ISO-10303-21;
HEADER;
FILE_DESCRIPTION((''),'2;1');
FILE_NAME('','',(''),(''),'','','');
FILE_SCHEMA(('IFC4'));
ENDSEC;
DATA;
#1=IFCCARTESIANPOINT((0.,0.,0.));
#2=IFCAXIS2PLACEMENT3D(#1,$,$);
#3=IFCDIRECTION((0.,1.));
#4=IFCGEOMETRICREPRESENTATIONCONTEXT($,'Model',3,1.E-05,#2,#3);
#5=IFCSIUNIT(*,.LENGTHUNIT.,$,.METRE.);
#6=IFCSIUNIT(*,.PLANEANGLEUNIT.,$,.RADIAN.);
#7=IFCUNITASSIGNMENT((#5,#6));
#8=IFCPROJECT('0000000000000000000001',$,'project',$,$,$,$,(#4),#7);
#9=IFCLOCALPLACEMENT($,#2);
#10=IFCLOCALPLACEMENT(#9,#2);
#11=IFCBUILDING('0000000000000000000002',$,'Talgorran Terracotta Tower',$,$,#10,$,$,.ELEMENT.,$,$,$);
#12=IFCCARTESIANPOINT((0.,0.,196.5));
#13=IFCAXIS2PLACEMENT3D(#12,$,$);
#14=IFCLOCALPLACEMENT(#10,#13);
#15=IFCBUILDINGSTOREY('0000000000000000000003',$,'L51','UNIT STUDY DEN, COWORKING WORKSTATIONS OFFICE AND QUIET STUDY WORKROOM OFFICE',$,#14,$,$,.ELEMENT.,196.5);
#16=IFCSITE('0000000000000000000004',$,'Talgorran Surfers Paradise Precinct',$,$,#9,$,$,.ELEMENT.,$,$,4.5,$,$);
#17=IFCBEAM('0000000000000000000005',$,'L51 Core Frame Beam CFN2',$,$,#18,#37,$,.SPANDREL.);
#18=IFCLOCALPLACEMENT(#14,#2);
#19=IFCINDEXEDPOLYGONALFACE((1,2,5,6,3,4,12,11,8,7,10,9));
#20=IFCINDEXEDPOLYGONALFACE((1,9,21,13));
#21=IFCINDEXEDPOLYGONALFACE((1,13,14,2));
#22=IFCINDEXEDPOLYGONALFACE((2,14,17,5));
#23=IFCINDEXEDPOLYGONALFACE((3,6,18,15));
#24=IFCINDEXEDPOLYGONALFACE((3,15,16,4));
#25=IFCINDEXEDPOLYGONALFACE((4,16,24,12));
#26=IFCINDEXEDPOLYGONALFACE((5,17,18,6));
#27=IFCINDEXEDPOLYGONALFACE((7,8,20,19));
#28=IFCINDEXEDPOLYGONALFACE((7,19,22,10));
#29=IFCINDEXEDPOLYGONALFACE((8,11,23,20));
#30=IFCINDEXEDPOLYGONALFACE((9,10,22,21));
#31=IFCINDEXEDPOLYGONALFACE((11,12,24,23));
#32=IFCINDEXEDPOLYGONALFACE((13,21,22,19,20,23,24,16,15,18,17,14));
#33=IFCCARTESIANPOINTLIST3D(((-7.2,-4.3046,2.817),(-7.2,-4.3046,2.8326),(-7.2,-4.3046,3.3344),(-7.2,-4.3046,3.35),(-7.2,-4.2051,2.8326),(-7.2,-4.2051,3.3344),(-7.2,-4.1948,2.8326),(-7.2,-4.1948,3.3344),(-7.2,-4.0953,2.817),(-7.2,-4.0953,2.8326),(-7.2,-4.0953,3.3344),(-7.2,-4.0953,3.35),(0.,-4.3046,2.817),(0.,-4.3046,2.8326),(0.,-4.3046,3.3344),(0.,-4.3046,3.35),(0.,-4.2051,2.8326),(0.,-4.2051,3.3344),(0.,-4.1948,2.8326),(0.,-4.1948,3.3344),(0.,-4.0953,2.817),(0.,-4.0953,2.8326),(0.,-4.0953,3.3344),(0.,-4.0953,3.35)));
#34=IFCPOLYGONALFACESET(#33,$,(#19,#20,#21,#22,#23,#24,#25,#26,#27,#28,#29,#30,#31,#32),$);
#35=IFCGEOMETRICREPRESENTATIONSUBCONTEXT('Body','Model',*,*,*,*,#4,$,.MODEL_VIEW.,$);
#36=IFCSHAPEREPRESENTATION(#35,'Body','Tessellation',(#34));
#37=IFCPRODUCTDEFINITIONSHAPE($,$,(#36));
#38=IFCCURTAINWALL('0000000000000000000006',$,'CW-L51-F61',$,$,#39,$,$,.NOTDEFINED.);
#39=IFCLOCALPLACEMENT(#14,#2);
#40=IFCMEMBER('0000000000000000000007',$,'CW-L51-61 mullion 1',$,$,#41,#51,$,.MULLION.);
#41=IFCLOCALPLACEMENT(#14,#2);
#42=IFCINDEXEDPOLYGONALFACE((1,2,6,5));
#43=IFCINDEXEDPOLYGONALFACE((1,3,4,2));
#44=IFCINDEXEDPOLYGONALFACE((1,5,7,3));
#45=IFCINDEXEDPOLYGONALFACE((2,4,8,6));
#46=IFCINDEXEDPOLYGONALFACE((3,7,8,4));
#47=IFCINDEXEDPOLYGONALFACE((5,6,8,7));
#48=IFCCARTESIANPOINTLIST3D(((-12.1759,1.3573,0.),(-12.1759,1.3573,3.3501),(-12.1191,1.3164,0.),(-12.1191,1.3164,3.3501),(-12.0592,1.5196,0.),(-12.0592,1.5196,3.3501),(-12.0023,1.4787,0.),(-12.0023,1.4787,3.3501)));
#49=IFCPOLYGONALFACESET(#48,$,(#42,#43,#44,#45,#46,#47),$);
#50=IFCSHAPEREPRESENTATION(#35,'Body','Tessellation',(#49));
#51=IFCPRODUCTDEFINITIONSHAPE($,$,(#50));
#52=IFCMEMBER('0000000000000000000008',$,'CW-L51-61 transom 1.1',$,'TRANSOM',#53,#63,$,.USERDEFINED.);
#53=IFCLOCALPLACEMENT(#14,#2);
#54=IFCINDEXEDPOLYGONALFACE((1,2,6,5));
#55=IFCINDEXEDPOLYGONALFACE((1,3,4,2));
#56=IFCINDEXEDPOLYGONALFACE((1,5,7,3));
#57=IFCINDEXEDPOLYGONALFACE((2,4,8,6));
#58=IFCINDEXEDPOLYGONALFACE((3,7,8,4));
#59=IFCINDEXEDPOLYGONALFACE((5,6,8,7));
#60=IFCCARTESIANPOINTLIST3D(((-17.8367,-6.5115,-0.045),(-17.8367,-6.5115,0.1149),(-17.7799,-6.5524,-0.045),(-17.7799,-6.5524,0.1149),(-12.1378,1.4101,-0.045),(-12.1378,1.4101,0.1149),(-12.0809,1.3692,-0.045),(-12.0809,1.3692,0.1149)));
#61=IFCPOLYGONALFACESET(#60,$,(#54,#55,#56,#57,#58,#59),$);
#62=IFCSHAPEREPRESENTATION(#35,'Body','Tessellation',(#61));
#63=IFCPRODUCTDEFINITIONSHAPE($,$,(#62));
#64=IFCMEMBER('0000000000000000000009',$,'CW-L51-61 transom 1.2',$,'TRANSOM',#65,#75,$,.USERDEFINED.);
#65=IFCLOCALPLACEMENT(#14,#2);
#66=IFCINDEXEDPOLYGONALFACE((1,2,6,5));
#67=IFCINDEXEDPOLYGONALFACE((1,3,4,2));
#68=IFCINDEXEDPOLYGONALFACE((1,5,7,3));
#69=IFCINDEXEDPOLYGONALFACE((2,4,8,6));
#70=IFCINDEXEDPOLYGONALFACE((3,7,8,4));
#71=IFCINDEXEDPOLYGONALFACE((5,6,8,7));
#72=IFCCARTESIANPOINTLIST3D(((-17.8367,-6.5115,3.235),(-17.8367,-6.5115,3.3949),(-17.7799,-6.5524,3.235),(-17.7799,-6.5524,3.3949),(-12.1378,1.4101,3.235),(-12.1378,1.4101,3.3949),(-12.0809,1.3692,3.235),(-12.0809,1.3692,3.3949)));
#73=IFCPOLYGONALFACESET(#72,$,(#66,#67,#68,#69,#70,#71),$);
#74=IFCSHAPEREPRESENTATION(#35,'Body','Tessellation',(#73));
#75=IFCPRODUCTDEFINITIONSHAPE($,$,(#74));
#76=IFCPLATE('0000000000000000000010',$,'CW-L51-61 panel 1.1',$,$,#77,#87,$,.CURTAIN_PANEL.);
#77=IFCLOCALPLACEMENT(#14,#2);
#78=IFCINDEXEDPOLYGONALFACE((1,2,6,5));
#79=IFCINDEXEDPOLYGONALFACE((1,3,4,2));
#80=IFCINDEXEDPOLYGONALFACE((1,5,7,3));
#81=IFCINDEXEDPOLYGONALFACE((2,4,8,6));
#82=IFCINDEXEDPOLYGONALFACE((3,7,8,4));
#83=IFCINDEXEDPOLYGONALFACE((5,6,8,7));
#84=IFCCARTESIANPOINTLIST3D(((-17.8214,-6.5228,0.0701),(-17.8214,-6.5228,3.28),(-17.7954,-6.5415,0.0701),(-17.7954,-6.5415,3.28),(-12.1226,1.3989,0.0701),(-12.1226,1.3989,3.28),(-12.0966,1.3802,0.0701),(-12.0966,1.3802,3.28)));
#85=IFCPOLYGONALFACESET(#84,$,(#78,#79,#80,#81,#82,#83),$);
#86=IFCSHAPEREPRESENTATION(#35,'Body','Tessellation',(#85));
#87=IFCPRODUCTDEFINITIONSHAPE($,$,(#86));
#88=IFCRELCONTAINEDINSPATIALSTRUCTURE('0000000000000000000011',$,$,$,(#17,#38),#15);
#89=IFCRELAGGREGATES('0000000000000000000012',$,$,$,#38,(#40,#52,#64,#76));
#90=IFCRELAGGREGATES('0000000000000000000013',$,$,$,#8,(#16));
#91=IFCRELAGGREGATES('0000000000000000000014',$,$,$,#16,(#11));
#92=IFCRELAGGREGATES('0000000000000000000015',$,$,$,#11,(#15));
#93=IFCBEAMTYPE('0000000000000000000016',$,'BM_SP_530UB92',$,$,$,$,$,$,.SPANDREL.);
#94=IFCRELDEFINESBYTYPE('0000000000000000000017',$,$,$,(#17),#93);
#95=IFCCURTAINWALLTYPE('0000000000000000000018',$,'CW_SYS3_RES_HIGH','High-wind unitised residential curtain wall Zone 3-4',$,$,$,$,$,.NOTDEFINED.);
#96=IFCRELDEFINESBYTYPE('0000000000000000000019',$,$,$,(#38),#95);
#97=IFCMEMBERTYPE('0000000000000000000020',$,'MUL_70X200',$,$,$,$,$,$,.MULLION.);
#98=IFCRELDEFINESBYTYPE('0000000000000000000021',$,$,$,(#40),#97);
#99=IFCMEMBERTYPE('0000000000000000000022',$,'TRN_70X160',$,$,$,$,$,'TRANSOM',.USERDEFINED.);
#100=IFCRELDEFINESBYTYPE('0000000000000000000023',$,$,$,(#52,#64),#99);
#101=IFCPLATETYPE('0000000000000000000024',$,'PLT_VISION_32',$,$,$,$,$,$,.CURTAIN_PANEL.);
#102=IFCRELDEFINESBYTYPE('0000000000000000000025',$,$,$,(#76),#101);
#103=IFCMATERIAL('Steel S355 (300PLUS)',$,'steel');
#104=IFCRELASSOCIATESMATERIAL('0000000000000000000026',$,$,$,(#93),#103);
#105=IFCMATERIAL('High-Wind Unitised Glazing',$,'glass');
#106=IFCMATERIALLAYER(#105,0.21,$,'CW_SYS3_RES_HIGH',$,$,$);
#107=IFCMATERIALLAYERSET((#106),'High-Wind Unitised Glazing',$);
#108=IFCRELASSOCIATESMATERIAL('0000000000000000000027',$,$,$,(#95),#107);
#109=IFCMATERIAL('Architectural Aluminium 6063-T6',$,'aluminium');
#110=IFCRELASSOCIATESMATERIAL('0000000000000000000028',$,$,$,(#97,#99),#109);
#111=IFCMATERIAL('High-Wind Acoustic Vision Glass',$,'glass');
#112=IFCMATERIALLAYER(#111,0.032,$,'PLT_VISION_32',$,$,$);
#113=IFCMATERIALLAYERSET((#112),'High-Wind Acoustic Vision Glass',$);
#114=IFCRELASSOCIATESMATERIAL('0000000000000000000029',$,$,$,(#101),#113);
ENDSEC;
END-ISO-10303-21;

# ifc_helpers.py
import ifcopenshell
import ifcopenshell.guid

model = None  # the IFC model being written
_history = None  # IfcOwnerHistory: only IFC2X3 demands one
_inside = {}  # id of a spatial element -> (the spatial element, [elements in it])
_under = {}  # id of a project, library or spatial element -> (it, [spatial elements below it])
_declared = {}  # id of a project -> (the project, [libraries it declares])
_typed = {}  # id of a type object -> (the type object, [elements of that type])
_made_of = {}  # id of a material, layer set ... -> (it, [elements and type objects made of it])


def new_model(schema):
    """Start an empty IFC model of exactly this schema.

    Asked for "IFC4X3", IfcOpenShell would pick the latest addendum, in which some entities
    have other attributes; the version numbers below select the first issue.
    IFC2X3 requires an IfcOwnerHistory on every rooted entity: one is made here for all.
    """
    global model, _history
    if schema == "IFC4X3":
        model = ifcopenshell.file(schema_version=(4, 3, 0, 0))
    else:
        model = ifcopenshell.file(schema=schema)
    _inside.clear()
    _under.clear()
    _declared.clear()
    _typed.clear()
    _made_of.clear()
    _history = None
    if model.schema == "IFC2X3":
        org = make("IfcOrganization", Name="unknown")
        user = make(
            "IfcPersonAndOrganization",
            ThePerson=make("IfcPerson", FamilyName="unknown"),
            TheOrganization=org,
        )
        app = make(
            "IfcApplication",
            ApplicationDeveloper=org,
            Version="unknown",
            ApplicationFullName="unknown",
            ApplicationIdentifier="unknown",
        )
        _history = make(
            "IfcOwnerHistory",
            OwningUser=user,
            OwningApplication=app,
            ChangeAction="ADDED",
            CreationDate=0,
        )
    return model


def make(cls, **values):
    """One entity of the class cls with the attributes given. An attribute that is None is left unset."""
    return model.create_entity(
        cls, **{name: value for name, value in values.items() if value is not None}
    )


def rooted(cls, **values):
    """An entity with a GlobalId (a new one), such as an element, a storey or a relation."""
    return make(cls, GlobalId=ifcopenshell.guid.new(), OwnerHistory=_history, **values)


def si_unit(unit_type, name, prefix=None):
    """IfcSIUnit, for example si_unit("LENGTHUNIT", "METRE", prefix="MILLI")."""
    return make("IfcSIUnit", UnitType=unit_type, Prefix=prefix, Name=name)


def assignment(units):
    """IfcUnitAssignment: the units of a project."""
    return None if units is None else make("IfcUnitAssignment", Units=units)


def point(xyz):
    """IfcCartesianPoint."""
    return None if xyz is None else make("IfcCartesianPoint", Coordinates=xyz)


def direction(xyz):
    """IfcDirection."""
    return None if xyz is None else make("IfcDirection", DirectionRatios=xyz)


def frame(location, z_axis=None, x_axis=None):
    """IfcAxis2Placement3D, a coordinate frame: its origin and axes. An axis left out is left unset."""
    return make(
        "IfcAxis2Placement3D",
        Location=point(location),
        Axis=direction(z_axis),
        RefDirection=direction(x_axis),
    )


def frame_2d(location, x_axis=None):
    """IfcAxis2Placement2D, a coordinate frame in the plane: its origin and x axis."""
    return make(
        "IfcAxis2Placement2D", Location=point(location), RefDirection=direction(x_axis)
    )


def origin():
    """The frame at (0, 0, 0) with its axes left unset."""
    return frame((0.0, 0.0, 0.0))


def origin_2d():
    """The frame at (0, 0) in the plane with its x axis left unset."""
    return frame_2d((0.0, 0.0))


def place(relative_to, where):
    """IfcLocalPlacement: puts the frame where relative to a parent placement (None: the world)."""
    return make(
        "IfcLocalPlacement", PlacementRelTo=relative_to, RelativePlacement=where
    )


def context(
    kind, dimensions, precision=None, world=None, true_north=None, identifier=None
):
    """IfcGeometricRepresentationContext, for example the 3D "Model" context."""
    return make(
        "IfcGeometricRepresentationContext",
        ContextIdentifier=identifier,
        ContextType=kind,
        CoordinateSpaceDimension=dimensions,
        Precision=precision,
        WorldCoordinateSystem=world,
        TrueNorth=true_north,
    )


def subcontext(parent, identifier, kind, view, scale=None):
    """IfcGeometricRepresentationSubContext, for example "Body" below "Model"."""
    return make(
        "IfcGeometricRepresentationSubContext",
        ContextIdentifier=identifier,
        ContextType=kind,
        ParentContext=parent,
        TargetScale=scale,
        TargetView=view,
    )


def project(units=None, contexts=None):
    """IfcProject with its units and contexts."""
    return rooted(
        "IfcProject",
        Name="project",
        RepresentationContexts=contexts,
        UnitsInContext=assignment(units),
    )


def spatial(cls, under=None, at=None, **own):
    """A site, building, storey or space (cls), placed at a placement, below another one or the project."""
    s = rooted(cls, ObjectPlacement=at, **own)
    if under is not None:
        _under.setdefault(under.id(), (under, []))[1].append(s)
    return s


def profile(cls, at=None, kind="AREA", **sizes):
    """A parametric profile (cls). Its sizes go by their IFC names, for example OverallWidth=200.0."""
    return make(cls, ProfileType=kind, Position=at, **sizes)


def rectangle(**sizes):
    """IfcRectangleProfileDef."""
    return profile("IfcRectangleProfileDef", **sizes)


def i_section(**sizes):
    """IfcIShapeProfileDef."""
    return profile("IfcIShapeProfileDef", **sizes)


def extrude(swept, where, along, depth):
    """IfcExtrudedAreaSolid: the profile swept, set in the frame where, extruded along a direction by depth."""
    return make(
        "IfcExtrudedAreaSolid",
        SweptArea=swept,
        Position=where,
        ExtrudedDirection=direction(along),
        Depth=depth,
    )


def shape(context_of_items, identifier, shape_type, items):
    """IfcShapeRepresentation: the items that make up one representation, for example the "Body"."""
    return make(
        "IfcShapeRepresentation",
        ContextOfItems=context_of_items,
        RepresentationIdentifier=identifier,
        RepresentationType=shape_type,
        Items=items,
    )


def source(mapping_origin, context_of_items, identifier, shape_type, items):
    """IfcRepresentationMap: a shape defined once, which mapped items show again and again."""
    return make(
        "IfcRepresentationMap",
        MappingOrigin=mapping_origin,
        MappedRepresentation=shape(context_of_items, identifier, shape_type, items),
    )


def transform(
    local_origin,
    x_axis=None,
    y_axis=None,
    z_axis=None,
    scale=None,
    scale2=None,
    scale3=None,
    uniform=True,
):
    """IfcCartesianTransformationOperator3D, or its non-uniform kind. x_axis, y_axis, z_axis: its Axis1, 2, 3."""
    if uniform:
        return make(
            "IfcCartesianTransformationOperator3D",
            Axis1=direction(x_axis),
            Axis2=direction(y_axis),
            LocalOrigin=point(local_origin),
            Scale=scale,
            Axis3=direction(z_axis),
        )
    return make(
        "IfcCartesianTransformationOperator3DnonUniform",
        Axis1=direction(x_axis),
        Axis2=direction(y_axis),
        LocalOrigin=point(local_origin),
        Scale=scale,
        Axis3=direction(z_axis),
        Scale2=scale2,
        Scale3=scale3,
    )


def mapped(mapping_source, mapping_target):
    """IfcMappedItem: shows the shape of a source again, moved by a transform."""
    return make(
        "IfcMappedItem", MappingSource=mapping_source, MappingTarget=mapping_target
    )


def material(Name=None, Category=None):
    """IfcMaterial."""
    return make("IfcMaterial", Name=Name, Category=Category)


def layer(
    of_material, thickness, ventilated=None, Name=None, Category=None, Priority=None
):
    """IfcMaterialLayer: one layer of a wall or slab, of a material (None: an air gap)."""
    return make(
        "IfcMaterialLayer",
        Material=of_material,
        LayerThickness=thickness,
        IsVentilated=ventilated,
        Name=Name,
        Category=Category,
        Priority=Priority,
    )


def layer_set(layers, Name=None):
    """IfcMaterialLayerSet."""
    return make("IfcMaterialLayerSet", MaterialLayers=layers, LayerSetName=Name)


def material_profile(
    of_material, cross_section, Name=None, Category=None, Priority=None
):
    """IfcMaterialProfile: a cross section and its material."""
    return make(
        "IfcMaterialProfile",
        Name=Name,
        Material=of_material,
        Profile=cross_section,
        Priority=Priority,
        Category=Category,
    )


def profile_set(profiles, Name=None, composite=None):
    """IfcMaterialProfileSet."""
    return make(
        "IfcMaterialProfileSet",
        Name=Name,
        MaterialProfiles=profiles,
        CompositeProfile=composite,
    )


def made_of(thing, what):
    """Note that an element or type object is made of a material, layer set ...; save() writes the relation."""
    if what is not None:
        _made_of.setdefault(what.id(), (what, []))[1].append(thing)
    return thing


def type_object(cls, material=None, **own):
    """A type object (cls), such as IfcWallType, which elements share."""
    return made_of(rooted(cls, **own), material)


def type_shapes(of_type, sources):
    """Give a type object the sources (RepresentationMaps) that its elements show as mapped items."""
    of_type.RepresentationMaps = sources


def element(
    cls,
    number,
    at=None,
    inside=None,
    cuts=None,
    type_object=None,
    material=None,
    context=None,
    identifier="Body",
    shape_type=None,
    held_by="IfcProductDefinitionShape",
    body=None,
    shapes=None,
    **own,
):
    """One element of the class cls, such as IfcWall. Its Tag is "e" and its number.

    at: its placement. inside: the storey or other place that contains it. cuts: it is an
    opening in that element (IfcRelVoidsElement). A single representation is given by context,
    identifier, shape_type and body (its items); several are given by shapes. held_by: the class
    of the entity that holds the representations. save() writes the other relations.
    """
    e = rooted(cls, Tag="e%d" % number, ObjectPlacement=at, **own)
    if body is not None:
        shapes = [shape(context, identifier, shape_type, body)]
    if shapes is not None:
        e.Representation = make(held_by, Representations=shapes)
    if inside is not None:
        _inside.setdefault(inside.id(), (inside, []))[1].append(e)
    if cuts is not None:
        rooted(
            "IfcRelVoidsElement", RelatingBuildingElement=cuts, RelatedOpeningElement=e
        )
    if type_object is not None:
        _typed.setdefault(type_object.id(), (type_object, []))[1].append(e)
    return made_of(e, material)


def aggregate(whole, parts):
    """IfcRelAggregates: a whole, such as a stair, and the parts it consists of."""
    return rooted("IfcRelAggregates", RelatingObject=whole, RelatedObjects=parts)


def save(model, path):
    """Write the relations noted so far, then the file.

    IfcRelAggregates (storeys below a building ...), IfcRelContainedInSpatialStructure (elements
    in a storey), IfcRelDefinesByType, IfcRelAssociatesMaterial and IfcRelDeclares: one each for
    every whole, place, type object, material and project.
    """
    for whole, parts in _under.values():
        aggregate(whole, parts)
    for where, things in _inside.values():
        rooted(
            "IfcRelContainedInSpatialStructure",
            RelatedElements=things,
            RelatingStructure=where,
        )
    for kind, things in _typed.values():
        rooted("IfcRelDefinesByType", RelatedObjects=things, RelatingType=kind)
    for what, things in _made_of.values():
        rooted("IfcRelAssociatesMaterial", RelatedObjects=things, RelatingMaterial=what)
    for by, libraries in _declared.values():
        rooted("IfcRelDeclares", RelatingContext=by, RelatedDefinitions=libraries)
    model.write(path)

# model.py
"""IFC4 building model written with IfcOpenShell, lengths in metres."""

from ifc_helpers import new_model, si_unit, direction, frame, origin, origin_2d, place, context, subcontext, project, spatial, rectangle, i_section, extrude, source, transform, mapped, material, layer, layer_set, material_profile, profile_set, type_object, type_shapes, element, aggregate, save


model = new_model("IFC4")

# Units and contexts
model_context = context("Model", 3, precision=1e-05, world=origin(), true_north=direction((0.0, 1.0)))
body_context = subcontext(model_context, "Body", "Model", "MODEL_VIEW")
ifc_project = project(units=[si_unit("LENGTHUNIT", "METRE"), si_unit("PLANEANGLEUNIT", "RADIAN")], contexts=[model_context])

# Site, building, storey
site_placement = place(None, origin())
site = spatial("IfcSite", under=ifc_project, at=site_placement, Name="Talgorran Surfers Paradise Precinct", CompositionType="ELEMENT", RefElevation=4.5)
building_placement = place(site_placement, origin())
building = spatial("IfcBuilding", under=site, at=building_placement, Name="Talgorran Terracotta Tower", CompositionType="ELEMENT")
storey_placement = place(building_placement, frame((0.0, 0.0, 196.5)))
storey = spatial("IfcBuildingStorey", under=building, at=storey_placement, Name="L51", Description="UNIT STUDY DEN, COWORKING WORKSTATIONS OFFICE AND QUIET STUDY WORKROOM OFFICE", CompositionType="ELEMENT", Elevation=196.5)

# Shared definitions
ifc_material_1 = material(Name="Steel S355 (300PLUS)", Category="steel")

# Beam
ifc_material_profile_1 = material_profile(ifc_material_1, i_section(OverallWidth=0.2092, OverallDepth=0.533, WebThickness=0.0103, FlangeThickness=0.0156, at=origin_2d()), Name="530UB92.4")
ifc_profile_set_1 = profile_set([ifc_material_profile_1], Name="Steel S355 (300PLUS)")
beam_type_1 = type_object("IfcBeamType", Name="BM_SP_530UB92", PredefinedType="SPANDREL", material=ifc_profile_set_1)
beam_1_placement = place(storey_placement, frame((-7.2, -4.2, 3.0835), z_axis=(1.0, 0.0, 0.0), x_axis=(0.0, 1.0, 0.0)))
element("IfcBeam", 1, at=beam_1_placement, inside=storey, type_object=beam_type_1, Name="L51 Core Frame Beam CFN2", PredefinedType="SPANDREL", context=body_context, shape_type="SweptSolid", body=[
    extrude(i_section(OverallWidth=0.2092, OverallDepth=0.533, WebThickness=0.0103, FlangeThickness=0.0156, at=origin_2d()), origin(), (0.0, 0.0, 1.0), 7.2),
])

# Curtain wall, members, plate
ifc_material_2 = material(Name="High-Wind Unitised Glazing", Category="glass")
ifc_layer_1 = layer(ifc_material_2, 0.21, Name="CW_SYS3_RES_HIGH")
ifc_layer_set_1 = layer_set([ifc_layer_1], Name="High-Wind Unitised Glazing")
curtain_wall_type = type_object("IfcCurtainWallType", Name="CW_SYS3_RES_HIGH", Description="High-wind unitised residential curtain wall Zone 3-4", PredefinedType="NOTDEFINED", material=ifc_layer_set_1)
curtain_wall_placement = place(storey_placement, origin())
curtain_wall = element("IfcCurtainWall", 2, at=curtain_wall_placement, inside=storey, type_object=curtain_wall_type, Name="CW-L51-F61", PredefinedType="NOTDEFINED")
ifc_material_3 = material(Name="Architectural Aluminium 6063-T6", Category="aluminium")
ifc_material_profile_2 = material_profile(ifc_material_3, rectangle(XDim=0.0701, YDim=0.2, at=origin_2d()), Name="CWM70X200")
ifc_profile_set_2 = profile_set([ifc_material_profile_2], Name="Architectural Aluminium 6063-T6")
member_type_1 = type_object("IfcMemberType", Name="MUL_70X200", PredefinedType="MULLION", material=ifc_profile_set_2)
member_1_placement = place(storey_placement, frame((-12.0891, 1.418, 0.0), z_axis=(0.0, 0.0, 1.0), x_axis=(0.811768, -0.583979, 0.0)))
member_1 = element("IfcMember", 3, at=member_1_placement, type_object=member_type_1, Name="CW-L51-61 mullion 1", PredefinedType="MULLION", context=body_context, shape_type="SweptSolid", body=[
    extrude(rectangle(XDim=0.0701, YDim=0.2, at=origin_2d()), origin(), (0.0, 0.0, 1.0), 3.3501),
])
ifc_material_profile_3 = material_profile(ifc_material_3, rectangle(XDim=0.0701, YDim=0.1599, at=origin_2d()), Name="CWT70X160")
ifc_profile_set_3 = profile_set([ifc_material_profile_3], Name="Architectural Aluminium 6063-T6")
member_type_2 = type_object("IfcMemberType", Name="TRN_70X160", ElementType="TRANSOM", PredefinedType="USERDEFINED", material=ifc_profile_set_3)
member_2_placement = place(storey_placement, frame((-12.1094, 1.3896, 0.0349), z_axis=(-0.583994, -0.811758, 0.0), x_axis=(0.811758, -0.583994, 0.0)))
member_2 = element("IfcMember", 4, at=member_2_placement, type_object=member_type_2, Name="CW-L51-61 transom 1.1", ObjectType="TRANSOM", PredefinedType="USERDEFINED", context=body_context, shape_type="SweptSolid", body=[
    extrude(rectangle(XDim=0.0701, YDim=0.1599, at=origin_2d()), origin(), (0.0, 0.0, 1.0), 9.7585),
])
member_3_placement = place(storey_placement, frame((-12.1094, 1.3896, 3.3149), z_axis=(-0.583994, -0.811758, 0.0), x_axis=(0.811758, -0.583994, 0.0)))
member_3 = element("IfcMember", 5, at=member_3_placement, type_object=member_type_2, Name="CW-L51-61 transom 1.2", ObjectType="TRANSOM", PredefinedType="USERDEFINED", context=body_context, shape_type="SweptSolid", body=[
    extrude(rectangle(XDim=0.0701, YDim=0.1599, at=origin_2d()), origin(), (0.0, 0.0, 1.0), 9.7585),
])
ifc_material_4 = material(Name="High-Wind Acoustic Vision Glass", Category="glass")
ifc_layer_2 = layer(ifc_material_4, 0.032, Name="PLT_VISION_32")
ifc_layer_set_2 = layer_set([ifc_layer_2], Name="High-Wind Acoustic Vision Glass")
plate_type = type_object("IfcPlateType", Name="PLT_VISION_32", PredefinedType="CURTAIN_PANEL", material=ifc_layer_set_2)
shared_shape = source(origin(), body_context, "Body", "SweptSolid", [
    extrude(rectangle(XDim=9.7585, YDim=0.032, at=origin_2d()), origin(), (0.0, 0.0, 1.0), 3.21),
])
type_shapes(plate_type, [shared_shape])
plate_placement = place(storey_placement, frame((-14.959, -2.5713, 0.0701), z_axis=(0.0, 0.0, 1.0), x_axis=(-0.583979, -0.811768, 0.0)))
plate = element("IfcPlate", 6, at=plate_placement, type_object=plate_type, Name="CW-L51-61 panel 1.1", PredefinedType="CURTAIN_PANEL", context=body_context, shape_type="MappedRepresentation", body=[
    mapped(shared_shape, transform((0.0, 0.0, 0.0), scale=1.0)),
])
aggregate(curtain_wall, [member_1, member_2, member_3, plate])

save(model, "model.ifc")
